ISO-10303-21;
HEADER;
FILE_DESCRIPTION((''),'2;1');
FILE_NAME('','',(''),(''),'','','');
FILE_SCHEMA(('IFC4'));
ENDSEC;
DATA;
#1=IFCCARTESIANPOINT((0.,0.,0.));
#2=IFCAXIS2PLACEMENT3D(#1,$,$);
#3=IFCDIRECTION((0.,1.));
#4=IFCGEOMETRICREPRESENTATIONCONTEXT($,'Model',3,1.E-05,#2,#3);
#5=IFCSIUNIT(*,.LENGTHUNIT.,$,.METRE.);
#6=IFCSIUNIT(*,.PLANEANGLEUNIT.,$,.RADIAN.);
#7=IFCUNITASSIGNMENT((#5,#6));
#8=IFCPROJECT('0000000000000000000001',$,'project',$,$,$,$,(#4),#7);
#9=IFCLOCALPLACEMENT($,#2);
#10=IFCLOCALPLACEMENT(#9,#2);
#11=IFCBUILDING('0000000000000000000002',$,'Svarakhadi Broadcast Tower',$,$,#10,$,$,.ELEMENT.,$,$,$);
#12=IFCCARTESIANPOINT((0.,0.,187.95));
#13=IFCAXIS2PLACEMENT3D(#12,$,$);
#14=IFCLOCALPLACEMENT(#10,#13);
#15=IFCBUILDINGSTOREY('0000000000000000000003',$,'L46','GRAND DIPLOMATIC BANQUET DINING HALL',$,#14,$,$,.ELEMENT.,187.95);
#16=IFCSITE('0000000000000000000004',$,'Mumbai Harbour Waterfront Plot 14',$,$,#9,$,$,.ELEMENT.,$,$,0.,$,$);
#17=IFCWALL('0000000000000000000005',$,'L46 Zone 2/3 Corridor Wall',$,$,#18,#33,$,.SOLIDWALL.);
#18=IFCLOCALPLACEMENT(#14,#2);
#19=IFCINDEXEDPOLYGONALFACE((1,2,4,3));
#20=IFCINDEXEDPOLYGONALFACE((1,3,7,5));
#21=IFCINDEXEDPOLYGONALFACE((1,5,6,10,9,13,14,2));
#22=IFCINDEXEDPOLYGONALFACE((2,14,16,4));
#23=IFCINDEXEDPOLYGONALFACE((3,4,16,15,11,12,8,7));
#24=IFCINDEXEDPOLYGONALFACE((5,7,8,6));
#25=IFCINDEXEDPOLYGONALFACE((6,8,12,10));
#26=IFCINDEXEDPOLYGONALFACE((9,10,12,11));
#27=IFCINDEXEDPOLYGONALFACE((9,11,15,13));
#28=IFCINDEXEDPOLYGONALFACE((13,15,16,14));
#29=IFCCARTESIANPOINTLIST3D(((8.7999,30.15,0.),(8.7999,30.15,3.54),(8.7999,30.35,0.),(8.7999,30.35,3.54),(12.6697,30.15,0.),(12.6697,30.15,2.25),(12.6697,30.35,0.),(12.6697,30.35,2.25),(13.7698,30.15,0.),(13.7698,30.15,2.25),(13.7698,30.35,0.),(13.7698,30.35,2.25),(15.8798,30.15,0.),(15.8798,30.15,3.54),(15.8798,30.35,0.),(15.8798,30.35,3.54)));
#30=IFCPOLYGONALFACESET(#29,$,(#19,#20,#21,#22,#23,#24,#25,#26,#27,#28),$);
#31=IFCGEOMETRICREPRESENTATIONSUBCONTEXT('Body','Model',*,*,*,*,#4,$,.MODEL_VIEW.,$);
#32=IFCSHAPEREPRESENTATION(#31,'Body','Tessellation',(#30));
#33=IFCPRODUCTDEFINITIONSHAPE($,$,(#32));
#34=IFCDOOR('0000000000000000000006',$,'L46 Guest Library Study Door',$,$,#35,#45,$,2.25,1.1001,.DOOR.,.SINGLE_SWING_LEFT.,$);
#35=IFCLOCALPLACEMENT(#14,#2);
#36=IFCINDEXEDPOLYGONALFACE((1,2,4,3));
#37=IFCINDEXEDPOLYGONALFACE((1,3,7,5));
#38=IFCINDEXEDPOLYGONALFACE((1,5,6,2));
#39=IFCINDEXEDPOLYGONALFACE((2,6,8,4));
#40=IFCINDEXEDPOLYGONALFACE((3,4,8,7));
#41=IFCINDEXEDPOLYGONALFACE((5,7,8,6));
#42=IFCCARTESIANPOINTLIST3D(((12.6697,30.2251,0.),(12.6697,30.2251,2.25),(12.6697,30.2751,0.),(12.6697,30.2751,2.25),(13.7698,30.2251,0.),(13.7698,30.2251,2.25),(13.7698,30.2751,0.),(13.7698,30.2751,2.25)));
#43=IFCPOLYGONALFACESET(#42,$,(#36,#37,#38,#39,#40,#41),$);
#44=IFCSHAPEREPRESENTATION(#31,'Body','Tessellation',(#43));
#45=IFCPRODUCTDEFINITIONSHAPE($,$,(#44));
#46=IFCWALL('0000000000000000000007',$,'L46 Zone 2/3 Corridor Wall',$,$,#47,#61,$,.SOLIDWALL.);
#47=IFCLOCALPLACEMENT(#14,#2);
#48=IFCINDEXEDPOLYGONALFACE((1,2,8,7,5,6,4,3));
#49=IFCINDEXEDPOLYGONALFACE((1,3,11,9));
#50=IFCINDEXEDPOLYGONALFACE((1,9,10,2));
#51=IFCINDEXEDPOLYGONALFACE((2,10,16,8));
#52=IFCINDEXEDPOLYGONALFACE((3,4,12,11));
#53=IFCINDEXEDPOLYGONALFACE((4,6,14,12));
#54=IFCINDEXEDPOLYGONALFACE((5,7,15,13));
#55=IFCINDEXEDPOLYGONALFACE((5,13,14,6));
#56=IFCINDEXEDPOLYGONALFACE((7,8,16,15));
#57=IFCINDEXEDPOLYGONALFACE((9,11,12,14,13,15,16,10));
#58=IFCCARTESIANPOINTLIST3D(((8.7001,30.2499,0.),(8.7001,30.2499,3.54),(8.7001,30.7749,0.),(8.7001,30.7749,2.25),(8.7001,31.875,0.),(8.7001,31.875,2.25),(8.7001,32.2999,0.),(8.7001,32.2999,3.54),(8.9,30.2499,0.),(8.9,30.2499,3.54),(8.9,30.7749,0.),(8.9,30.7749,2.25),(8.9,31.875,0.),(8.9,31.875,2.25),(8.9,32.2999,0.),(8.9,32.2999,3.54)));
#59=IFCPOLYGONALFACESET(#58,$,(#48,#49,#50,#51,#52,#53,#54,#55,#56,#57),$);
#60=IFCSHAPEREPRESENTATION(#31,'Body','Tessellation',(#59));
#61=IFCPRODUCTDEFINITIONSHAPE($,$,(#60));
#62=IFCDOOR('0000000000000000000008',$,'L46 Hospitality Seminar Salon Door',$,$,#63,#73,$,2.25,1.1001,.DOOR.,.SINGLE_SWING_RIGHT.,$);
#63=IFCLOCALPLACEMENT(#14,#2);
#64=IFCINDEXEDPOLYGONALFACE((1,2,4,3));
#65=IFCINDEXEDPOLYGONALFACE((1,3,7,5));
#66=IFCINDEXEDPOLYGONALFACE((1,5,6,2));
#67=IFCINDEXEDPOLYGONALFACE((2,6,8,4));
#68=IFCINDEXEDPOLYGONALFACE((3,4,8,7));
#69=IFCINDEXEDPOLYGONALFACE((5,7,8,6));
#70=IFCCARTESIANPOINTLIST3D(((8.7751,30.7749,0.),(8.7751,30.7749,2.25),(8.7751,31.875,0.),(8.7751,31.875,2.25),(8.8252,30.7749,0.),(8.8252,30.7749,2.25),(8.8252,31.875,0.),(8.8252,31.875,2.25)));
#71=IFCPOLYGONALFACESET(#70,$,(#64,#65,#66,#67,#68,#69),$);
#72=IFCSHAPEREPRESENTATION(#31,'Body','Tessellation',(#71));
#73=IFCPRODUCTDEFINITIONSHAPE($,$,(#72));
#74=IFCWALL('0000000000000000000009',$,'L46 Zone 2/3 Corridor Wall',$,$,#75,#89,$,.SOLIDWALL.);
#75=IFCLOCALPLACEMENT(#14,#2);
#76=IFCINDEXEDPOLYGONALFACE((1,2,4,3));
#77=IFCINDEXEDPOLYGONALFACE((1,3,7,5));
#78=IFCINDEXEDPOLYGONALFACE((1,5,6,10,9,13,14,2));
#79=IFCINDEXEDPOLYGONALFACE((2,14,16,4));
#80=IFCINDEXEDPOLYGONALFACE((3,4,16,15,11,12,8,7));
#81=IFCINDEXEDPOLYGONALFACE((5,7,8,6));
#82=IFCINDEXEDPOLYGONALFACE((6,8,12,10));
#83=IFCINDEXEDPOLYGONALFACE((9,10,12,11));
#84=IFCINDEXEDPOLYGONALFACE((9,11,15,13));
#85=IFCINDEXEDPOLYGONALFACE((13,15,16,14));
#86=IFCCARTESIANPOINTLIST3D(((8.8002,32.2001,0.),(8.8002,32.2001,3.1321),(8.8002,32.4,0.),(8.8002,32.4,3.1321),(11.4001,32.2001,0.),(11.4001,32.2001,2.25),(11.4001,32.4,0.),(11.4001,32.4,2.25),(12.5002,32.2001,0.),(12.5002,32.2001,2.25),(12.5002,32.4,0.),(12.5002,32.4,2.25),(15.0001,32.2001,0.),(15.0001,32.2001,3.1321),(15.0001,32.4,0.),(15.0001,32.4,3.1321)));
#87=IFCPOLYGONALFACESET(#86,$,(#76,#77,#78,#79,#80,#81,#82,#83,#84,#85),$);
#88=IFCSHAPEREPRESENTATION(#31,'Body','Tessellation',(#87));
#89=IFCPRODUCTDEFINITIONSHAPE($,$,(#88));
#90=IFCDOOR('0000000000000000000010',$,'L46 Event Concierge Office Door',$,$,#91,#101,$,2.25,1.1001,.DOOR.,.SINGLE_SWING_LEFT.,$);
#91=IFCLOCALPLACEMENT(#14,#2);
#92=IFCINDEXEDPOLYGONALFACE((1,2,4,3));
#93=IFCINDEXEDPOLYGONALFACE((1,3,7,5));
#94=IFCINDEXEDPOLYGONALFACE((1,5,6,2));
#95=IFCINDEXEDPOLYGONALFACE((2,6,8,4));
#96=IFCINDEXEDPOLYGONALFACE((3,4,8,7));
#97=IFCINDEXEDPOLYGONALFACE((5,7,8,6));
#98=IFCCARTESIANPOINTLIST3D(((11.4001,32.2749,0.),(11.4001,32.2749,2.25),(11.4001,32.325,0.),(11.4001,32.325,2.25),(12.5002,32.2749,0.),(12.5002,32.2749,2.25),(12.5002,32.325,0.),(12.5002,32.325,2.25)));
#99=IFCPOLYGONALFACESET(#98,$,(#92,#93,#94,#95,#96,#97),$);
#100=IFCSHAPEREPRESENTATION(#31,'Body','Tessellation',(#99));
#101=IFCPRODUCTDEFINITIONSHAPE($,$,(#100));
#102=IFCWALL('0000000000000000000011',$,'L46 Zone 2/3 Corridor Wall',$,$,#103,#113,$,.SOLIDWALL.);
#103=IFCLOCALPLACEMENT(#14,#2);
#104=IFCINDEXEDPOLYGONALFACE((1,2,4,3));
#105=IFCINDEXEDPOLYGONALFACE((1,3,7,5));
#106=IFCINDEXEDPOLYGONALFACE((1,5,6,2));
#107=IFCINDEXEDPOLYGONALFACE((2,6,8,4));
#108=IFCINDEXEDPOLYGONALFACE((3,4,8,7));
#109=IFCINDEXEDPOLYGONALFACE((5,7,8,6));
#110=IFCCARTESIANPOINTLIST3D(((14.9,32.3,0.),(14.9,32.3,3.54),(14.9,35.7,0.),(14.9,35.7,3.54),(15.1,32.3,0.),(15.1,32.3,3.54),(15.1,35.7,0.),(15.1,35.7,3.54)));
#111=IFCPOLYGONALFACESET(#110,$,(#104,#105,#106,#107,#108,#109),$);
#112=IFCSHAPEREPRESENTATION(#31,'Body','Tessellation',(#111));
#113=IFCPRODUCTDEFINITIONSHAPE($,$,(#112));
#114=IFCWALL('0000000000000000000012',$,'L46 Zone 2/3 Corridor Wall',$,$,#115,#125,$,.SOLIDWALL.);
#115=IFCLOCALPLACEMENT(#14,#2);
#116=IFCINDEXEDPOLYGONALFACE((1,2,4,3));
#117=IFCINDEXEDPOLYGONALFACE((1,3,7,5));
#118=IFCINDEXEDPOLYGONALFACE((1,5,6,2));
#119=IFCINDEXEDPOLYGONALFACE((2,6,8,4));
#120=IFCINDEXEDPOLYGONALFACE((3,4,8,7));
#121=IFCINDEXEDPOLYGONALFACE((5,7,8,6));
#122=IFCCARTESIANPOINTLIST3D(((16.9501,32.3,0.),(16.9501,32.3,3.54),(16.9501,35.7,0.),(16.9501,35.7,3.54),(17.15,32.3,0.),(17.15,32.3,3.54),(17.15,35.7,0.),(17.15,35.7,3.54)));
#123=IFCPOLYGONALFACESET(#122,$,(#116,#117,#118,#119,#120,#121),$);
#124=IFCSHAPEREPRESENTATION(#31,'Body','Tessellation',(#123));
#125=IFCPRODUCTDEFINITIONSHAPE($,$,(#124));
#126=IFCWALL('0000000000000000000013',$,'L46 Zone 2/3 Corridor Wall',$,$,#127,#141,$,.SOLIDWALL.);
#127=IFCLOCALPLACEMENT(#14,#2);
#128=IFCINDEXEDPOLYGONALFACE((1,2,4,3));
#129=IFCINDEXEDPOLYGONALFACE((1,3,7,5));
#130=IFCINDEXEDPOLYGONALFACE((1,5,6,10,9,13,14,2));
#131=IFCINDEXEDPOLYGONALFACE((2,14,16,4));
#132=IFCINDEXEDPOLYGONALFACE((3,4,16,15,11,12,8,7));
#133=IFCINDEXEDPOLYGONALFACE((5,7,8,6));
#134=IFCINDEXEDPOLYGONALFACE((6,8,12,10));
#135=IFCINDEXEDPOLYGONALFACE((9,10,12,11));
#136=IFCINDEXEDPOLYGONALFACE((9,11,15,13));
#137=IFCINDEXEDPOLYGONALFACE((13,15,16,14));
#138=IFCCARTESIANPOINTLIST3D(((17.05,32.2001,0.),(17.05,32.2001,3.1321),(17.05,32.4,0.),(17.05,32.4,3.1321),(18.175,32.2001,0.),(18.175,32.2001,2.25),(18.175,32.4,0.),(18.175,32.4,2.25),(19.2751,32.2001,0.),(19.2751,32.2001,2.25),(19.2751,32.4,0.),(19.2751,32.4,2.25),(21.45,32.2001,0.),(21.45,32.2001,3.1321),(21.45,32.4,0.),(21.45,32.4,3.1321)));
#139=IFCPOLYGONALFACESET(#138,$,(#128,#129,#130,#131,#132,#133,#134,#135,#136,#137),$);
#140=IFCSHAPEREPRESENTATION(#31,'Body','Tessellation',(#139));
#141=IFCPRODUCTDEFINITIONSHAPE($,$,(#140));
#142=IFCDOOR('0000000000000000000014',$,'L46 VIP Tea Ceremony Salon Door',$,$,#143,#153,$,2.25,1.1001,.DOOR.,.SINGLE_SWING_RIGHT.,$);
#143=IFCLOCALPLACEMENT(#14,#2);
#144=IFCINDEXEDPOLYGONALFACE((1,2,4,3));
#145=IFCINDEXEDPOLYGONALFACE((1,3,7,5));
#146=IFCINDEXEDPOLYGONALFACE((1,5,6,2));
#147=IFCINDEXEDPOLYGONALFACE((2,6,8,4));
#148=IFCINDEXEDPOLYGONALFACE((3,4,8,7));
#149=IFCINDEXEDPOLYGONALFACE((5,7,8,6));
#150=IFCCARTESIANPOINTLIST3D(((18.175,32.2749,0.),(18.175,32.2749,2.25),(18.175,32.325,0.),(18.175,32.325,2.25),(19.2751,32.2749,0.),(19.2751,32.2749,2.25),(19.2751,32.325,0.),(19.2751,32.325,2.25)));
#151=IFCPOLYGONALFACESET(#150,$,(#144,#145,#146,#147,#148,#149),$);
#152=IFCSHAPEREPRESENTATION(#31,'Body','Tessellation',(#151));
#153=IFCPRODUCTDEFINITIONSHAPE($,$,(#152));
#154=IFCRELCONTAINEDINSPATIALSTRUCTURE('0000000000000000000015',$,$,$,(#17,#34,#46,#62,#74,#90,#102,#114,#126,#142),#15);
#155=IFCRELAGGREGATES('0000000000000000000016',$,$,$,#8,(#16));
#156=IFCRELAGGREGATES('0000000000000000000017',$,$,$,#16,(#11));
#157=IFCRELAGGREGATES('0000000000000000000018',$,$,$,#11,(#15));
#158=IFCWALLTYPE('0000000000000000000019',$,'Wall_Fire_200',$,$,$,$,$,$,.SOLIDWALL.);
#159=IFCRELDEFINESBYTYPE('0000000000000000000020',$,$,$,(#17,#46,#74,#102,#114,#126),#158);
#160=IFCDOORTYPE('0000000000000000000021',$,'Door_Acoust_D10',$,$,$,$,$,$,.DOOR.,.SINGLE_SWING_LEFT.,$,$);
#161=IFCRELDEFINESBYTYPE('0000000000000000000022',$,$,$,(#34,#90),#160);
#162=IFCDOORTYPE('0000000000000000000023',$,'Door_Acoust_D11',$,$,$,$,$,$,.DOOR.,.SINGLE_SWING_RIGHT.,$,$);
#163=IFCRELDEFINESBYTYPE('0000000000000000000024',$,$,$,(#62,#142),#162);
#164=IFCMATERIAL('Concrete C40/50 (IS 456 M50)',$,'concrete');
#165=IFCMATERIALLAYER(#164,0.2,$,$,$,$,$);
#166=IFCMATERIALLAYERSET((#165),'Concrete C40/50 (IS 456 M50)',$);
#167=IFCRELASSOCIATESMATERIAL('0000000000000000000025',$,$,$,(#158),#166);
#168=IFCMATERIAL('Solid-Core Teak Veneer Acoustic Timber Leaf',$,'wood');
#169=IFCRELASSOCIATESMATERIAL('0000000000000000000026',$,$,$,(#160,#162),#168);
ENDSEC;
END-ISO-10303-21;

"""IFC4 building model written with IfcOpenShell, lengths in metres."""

from ifc_helpers import new_model, si_unit, direction, frame, frame_2d, origin, place, context, subcontext, project, spatial, rectangle, extrude, material, layer, layer_set, type_object, element, fill, save


model = new_model("IFC4")

# Units and contexts
model_context = context("Model", 3, precision=1e-05, world=origin(), true_north=direction((0.0, 1.0)))
body_context = subcontext(model_context, "Body", "Model", "MODEL_VIEW")
ifc_project = project(units=[si_unit("LENGTHUNIT", "METRE"), si_unit("PLANEANGLEUNIT", "RADIAN")], contexts=[model_context])

# Site, building, storey
site_placement = place(None, origin())
site = spatial("IfcSite", under=ifc_project, at=site_placement, Name="Mumbai Harbour Waterfront Plot 14", CompositionType="ELEMENT", RefElevation=0.0)
building_placement = place(site_placement, origin())
building = spatial("IfcBuilding", under=site, at=building_placement, Name="Svarakhadi Broadcast Tower", CompositionType="ELEMENT")
storey_placement = place(building_placement, frame((0.0, 0.0, 187.95)))
storey = spatial("IfcBuildingStorey", under=building, at=storey_placement, Name="L46", Description="GRAND DIPLOMATIC BANQUET DINING HALL", CompositionType="ELEMENT", Elevation=187.95)

# Shared definitions
ifc_material_1 = material(Name="Concrete C40/50 (IS 456 M50)", Category="concrete")
ifc_layer_1 = layer(ifc_material_1, 0.2)
ifc_layer_set_1 = layer_set([ifc_layer_1], Name="Concrete C40/50 (IS 456 M50)")
wall_type_1 = type_object("IfcWallType", Name="Wall_Fire_200", PredefinedType="SOLIDWALL", material=ifc_layer_set_1)

# Walls, openings, doors
wall_1_placement = place(storey_placement, frame((15.8799, 30.25, 0.0), z_axis=(0.0, 0.0, 1.0), x_axis=(-1.0, 0.0, 0.0)))
wall_1 = element("IfcWall", 1, at=wall_1_placement, inside=storey, type_object=wall_type_1, Name="L46 Zone 2/3 Corridor Wall", PredefinedType="SOLIDWALL", context=body_context, shape_type="SweptSolid", body=[
    extrude(rectangle(XDim=7.0798, YDim=0.2, at=frame_2d((3.54, 0.0))), origin(), (0.0, 0.0, 1.0), 3.54),
])
opening_1_placement = place(wall_1_placement, frame((2.1101, 0.0, 0.0)))
opening_1 = element("IfcOpeningElement", 2, at=opening_1_placement, cuts=wall_1, PredefinedType="OPENING", context=body_context, shape_type="SweptSolid", body=[
    extrude(rectangle(XDim=1.1001, YDim=2.25, at=frame_2d((0.55, 1.125))), frame((0.0, 0.1099, 0.0), z_axis=(0.0, -1.0, 0.0), x_axis=(1.0, 0.0, 0.0)), (0.0, 0.0, 1.0), 0.22),
])
ifc_material_2 = material(Name="Solid-Core Teak Veneer Acoustic Timber Leaf", Category="wood")
door_type_1 = type_object("IfcDoorType", Name="Door_Acoust_D10", OperationType="SINGLE_SWING_LEFT", PredefinedType="DOOR", material=ifc_material_2)
door_1_placement = place(opening_1_placement, origin())
door_1 = element("IfcDoor", 3, at=door_1_placement, inside=storey, type_object=door_type_1, Name="L46 Guest Library Study Door", OperationType="SINGLE_SWING_LEFT", OverallHeight=2.25, OverallWidth=1.1001, PredefinedType="DOOR", context=body_context, shape_type="SweptSolid", body=[
    extrude(rectangle(XDim=1.1001, YDim=2.25, at=frame_2d((0.55, 1.125))), frame((0.0, 0.0249, 0.0), z_axis=(0.0, -1.0, 0.0), x_axis=(1.0, 0.0, 0.0)), (0.0, 0.0, 1.0), 0.05),
])
fill(opening_1, door_1)
wall_2_placement = place(storey_placement, frame((8.8, 30.25, 0.0), z_axis=(0.0, 0.0, 1.0), x_axis=(0.0, 1.0, 0.0)))
wall_2 = element("IfcWall", 4, at=wall_2_placement, inside=storey, type_object=wall_type_1, Name="L46 Zone 2/3 Corridor Wall", PredefinedType="SOLIDWALL", context=body_context, shape_type="SweptSolid", body=[
    extrude(rectangle(XDim=2.05, YDim=0.2, at=frame_2d((1.0249, 0.0))), origin(), (0.0, 0.0, 1.0), 3.54),
])
opening_2_placement = place(wall_2_placement, frame((0.5249, 0.0, 0.0)))
opening_2 = element("IfcOpeningElement", 5, at=opening_2_placement, cuts=wall_2, PredefinedType="OPENING", context=body_context, shape_type="SweptSolid", body=[
    extrude(rectangle(XDim=1.1001, YDim=2.25, at=frame_2d((0.55, 1.125))), frame((0.0, 0.1099, 0.0), z_axis=(0.0, -1.0, 0.0), x_axis=(1.0, 0.0, 0.0)), (0.0, 0.0, 1.0), 0.22),
])
door_type_2 = type_object("IfcDoorType", Name="Door_Acoust_D11", OperationType="SINGLE_SWING_RIGHT", PredefinedType="DOOR", material=ifc_material_2)
door_2_placement = place(opening_2_placement, origin())
door_2 = element("IfcDoor", 6, at=door_2_placement, inside=storey, type_object=door_type_2, Name="L46 Hospitality Seminar Salon Door", OperationType="SINGLE_SWING_RIGHT", OverallHeight=2.25, OverallWidth=1.1001, PredefinedType="DOOR", context=body_context, shape_type="SweptSolid", body=[
    extrude(rectangle(XDim=1.1001, YDim=2.25, at=frame_2d((0.55, 1.125))), frame((0.0, 0.0249, 0.0), z_axis=(0.0, -1.0, 0.0), x_axis=(1.0, 0.0, 0.0)), (0.0, 0.0, 1.0), 0.05),
])
fill(opening_2, door_2)
wall_3_placement = place(storey_placement, frame((8.8, 32.3, 0.0), z_axis=(0.0, 0.0, 1.0), x_axis=(1.0, 0.0, 0.0)))
wall_3 = element("IfcWall", 7, at=wall_3_placement, inside=storey, type_object=wall_type_1, Name="L46 Zone 2/3 Corridor Wall", PredefinedType="SOLIDWALL", context=body_context, shape_type="SweptSolid", body=[
    extrude(rectangle(XDim=6.2, YDim=0.2, at=frame_2d((3.1001, 0.0))), origin(), (0.0, 0.0, 1.0), 3.1321),
])
opening_3_placement = place(wall_3_placement, frame((2.6001, 0.0, 0.0)))
opening_3 = element("IfcOpeningElement", 8, at=opening_3_placement, cuts=wall_3, PredefinedType="OPENING", context=body_context, shape_type="SweptSolid", body=[
    extrude(rectangle(XDim=1.1001, YDim=2.25, at=frame_2d((0.55, 1.125))), frame((0.0, 0.1099, 0.0), z_axis=(0.0, -1.0, 0.0), x_axis=(1.0, 0.0, 0.0)), (0.0, 0.0, 1.0), 0.22),
])
door_3_placement = place(opening_3_placement, origin())
door_3 = element("IfcDoor", 9, at=door_3_placement, inside=storey, type_object=door_type_1, Name="L46 Event Concierge Office Door", OperationType="SINGLE_SWING_LEFT", OverallHeight=2.25, OverallWidth=1.1001, PredefinedType="DOOR", context=body_context, shape_type="SweptSolid", body=[
    extrude(rectangle(XDim=1.1001, YDim=2.25, at=frame_2d((0.55, 1.125))), frame((0.0, 0.0249, 0.0), z_axis=(0.0, -1.0, 0.0), x_axis=(1.0, 0.0, 0.0)), (0.0, 0.0, 1.0), 0.05),
])
fill(opening_3, door_3)

# Walls
for number, where, z_axis, x_axis, name in (
    (10, (15.0, 32.3, 0.0), (0.0, 0.0, 1.0), (0.0, 1.0, 0.0), "L46 Zone 2/3 Corridor Wall"),
    (11, (17.05, 35.7, 0.0), (0.0, 0.0, 1.0), (0.0, -1.0, 0.0), "L46 Zone 2/3 Corridor Wall"),
):
    element("IfcWall", number, at=place(storey_placement, frame(where, z_axis=z_axis, x_axis=x_axis)), inside=storey, type_object=wall_type_1, Name=name, PredefinedType="SOLIDWALL", context=body_context, shape_type="SweptSolid", body=[
        extrude(rectangle(XDim=3.3999, YDim=0.2, at=frame_2d((1.7, 0.0))), origin(), (0.0, 0.0, 1.0), 3.54),
    ])

# Wall, opening, door
wall_4_placement = place(storey_placement, frame((17.05, 32.3, 0.0), z_axis=(0.0, 0.0, 1.0), x_axis=(1.0, 0.0, 0.0)))
wall_4 = element("IfcWall", 12, at=wall_4_placement, inside=storey, type_object=wall_type_1, Name="L46 Zone 2/3 Corridor Wall", PredefinedType="SOLIDWALL", context=body_context, shape_type="SweptSolid", body=[
    extrude(rectangle(XDim=4.3999, YDim=0.2, at=frame_2d((2.2, 0.0))), origin(), (0.0, 0.0, 1.0), 3.1321),
])
opening_4_placement = place(wall_4_placement, frame((1.125, 0.0, 0.0)))
opening_4 = element("IfcOpeningElement", 13, at=opening_4_placement, cuts=wall_4, PredefinedType="OPENING", context=body_context, shape_type="SweptSolid", body=[
    extrude(rectangle(XDim=1.1001, YDim=2.25, at=frame_2d((0.55, 1.125))), frame((0.0, 0.1099, 0.0), z_axis=(0.0, -1.0, 0.0), x_axis=(1.0, 0.0, 0.0)), (0.0, 0.0, 1.0), 0.22),
])
door_4_placement = place(opening_4_placement, origin())
door_4 = element("IfcDoor", 14, at=door_4_placement, inside=storey, type_object=door_type_2, Name="L46 VIP Tea Ceremony Salon Door", OperationType="SINGLE_SWING_RIGHT", OverallHeight=2.25, OverallWidth=1.1001, PredefinedType="DOOR", context=body_context, shape_type="SweptSolid", body=[
    extrude(rectangle(XDim=1.1001, YDim=2.25, at=frame_2d((0.55, 1.125))), frame((0.0, 0.0249, 0.0), z_axis=(0.0, -1.0, 0.0), x_axis=(1.0, 0.0, 0.0)), (0.0, 0.0, 1.0), 0.05),
])
fill(opening_4, door_4)

save(model, "model.ifc")
